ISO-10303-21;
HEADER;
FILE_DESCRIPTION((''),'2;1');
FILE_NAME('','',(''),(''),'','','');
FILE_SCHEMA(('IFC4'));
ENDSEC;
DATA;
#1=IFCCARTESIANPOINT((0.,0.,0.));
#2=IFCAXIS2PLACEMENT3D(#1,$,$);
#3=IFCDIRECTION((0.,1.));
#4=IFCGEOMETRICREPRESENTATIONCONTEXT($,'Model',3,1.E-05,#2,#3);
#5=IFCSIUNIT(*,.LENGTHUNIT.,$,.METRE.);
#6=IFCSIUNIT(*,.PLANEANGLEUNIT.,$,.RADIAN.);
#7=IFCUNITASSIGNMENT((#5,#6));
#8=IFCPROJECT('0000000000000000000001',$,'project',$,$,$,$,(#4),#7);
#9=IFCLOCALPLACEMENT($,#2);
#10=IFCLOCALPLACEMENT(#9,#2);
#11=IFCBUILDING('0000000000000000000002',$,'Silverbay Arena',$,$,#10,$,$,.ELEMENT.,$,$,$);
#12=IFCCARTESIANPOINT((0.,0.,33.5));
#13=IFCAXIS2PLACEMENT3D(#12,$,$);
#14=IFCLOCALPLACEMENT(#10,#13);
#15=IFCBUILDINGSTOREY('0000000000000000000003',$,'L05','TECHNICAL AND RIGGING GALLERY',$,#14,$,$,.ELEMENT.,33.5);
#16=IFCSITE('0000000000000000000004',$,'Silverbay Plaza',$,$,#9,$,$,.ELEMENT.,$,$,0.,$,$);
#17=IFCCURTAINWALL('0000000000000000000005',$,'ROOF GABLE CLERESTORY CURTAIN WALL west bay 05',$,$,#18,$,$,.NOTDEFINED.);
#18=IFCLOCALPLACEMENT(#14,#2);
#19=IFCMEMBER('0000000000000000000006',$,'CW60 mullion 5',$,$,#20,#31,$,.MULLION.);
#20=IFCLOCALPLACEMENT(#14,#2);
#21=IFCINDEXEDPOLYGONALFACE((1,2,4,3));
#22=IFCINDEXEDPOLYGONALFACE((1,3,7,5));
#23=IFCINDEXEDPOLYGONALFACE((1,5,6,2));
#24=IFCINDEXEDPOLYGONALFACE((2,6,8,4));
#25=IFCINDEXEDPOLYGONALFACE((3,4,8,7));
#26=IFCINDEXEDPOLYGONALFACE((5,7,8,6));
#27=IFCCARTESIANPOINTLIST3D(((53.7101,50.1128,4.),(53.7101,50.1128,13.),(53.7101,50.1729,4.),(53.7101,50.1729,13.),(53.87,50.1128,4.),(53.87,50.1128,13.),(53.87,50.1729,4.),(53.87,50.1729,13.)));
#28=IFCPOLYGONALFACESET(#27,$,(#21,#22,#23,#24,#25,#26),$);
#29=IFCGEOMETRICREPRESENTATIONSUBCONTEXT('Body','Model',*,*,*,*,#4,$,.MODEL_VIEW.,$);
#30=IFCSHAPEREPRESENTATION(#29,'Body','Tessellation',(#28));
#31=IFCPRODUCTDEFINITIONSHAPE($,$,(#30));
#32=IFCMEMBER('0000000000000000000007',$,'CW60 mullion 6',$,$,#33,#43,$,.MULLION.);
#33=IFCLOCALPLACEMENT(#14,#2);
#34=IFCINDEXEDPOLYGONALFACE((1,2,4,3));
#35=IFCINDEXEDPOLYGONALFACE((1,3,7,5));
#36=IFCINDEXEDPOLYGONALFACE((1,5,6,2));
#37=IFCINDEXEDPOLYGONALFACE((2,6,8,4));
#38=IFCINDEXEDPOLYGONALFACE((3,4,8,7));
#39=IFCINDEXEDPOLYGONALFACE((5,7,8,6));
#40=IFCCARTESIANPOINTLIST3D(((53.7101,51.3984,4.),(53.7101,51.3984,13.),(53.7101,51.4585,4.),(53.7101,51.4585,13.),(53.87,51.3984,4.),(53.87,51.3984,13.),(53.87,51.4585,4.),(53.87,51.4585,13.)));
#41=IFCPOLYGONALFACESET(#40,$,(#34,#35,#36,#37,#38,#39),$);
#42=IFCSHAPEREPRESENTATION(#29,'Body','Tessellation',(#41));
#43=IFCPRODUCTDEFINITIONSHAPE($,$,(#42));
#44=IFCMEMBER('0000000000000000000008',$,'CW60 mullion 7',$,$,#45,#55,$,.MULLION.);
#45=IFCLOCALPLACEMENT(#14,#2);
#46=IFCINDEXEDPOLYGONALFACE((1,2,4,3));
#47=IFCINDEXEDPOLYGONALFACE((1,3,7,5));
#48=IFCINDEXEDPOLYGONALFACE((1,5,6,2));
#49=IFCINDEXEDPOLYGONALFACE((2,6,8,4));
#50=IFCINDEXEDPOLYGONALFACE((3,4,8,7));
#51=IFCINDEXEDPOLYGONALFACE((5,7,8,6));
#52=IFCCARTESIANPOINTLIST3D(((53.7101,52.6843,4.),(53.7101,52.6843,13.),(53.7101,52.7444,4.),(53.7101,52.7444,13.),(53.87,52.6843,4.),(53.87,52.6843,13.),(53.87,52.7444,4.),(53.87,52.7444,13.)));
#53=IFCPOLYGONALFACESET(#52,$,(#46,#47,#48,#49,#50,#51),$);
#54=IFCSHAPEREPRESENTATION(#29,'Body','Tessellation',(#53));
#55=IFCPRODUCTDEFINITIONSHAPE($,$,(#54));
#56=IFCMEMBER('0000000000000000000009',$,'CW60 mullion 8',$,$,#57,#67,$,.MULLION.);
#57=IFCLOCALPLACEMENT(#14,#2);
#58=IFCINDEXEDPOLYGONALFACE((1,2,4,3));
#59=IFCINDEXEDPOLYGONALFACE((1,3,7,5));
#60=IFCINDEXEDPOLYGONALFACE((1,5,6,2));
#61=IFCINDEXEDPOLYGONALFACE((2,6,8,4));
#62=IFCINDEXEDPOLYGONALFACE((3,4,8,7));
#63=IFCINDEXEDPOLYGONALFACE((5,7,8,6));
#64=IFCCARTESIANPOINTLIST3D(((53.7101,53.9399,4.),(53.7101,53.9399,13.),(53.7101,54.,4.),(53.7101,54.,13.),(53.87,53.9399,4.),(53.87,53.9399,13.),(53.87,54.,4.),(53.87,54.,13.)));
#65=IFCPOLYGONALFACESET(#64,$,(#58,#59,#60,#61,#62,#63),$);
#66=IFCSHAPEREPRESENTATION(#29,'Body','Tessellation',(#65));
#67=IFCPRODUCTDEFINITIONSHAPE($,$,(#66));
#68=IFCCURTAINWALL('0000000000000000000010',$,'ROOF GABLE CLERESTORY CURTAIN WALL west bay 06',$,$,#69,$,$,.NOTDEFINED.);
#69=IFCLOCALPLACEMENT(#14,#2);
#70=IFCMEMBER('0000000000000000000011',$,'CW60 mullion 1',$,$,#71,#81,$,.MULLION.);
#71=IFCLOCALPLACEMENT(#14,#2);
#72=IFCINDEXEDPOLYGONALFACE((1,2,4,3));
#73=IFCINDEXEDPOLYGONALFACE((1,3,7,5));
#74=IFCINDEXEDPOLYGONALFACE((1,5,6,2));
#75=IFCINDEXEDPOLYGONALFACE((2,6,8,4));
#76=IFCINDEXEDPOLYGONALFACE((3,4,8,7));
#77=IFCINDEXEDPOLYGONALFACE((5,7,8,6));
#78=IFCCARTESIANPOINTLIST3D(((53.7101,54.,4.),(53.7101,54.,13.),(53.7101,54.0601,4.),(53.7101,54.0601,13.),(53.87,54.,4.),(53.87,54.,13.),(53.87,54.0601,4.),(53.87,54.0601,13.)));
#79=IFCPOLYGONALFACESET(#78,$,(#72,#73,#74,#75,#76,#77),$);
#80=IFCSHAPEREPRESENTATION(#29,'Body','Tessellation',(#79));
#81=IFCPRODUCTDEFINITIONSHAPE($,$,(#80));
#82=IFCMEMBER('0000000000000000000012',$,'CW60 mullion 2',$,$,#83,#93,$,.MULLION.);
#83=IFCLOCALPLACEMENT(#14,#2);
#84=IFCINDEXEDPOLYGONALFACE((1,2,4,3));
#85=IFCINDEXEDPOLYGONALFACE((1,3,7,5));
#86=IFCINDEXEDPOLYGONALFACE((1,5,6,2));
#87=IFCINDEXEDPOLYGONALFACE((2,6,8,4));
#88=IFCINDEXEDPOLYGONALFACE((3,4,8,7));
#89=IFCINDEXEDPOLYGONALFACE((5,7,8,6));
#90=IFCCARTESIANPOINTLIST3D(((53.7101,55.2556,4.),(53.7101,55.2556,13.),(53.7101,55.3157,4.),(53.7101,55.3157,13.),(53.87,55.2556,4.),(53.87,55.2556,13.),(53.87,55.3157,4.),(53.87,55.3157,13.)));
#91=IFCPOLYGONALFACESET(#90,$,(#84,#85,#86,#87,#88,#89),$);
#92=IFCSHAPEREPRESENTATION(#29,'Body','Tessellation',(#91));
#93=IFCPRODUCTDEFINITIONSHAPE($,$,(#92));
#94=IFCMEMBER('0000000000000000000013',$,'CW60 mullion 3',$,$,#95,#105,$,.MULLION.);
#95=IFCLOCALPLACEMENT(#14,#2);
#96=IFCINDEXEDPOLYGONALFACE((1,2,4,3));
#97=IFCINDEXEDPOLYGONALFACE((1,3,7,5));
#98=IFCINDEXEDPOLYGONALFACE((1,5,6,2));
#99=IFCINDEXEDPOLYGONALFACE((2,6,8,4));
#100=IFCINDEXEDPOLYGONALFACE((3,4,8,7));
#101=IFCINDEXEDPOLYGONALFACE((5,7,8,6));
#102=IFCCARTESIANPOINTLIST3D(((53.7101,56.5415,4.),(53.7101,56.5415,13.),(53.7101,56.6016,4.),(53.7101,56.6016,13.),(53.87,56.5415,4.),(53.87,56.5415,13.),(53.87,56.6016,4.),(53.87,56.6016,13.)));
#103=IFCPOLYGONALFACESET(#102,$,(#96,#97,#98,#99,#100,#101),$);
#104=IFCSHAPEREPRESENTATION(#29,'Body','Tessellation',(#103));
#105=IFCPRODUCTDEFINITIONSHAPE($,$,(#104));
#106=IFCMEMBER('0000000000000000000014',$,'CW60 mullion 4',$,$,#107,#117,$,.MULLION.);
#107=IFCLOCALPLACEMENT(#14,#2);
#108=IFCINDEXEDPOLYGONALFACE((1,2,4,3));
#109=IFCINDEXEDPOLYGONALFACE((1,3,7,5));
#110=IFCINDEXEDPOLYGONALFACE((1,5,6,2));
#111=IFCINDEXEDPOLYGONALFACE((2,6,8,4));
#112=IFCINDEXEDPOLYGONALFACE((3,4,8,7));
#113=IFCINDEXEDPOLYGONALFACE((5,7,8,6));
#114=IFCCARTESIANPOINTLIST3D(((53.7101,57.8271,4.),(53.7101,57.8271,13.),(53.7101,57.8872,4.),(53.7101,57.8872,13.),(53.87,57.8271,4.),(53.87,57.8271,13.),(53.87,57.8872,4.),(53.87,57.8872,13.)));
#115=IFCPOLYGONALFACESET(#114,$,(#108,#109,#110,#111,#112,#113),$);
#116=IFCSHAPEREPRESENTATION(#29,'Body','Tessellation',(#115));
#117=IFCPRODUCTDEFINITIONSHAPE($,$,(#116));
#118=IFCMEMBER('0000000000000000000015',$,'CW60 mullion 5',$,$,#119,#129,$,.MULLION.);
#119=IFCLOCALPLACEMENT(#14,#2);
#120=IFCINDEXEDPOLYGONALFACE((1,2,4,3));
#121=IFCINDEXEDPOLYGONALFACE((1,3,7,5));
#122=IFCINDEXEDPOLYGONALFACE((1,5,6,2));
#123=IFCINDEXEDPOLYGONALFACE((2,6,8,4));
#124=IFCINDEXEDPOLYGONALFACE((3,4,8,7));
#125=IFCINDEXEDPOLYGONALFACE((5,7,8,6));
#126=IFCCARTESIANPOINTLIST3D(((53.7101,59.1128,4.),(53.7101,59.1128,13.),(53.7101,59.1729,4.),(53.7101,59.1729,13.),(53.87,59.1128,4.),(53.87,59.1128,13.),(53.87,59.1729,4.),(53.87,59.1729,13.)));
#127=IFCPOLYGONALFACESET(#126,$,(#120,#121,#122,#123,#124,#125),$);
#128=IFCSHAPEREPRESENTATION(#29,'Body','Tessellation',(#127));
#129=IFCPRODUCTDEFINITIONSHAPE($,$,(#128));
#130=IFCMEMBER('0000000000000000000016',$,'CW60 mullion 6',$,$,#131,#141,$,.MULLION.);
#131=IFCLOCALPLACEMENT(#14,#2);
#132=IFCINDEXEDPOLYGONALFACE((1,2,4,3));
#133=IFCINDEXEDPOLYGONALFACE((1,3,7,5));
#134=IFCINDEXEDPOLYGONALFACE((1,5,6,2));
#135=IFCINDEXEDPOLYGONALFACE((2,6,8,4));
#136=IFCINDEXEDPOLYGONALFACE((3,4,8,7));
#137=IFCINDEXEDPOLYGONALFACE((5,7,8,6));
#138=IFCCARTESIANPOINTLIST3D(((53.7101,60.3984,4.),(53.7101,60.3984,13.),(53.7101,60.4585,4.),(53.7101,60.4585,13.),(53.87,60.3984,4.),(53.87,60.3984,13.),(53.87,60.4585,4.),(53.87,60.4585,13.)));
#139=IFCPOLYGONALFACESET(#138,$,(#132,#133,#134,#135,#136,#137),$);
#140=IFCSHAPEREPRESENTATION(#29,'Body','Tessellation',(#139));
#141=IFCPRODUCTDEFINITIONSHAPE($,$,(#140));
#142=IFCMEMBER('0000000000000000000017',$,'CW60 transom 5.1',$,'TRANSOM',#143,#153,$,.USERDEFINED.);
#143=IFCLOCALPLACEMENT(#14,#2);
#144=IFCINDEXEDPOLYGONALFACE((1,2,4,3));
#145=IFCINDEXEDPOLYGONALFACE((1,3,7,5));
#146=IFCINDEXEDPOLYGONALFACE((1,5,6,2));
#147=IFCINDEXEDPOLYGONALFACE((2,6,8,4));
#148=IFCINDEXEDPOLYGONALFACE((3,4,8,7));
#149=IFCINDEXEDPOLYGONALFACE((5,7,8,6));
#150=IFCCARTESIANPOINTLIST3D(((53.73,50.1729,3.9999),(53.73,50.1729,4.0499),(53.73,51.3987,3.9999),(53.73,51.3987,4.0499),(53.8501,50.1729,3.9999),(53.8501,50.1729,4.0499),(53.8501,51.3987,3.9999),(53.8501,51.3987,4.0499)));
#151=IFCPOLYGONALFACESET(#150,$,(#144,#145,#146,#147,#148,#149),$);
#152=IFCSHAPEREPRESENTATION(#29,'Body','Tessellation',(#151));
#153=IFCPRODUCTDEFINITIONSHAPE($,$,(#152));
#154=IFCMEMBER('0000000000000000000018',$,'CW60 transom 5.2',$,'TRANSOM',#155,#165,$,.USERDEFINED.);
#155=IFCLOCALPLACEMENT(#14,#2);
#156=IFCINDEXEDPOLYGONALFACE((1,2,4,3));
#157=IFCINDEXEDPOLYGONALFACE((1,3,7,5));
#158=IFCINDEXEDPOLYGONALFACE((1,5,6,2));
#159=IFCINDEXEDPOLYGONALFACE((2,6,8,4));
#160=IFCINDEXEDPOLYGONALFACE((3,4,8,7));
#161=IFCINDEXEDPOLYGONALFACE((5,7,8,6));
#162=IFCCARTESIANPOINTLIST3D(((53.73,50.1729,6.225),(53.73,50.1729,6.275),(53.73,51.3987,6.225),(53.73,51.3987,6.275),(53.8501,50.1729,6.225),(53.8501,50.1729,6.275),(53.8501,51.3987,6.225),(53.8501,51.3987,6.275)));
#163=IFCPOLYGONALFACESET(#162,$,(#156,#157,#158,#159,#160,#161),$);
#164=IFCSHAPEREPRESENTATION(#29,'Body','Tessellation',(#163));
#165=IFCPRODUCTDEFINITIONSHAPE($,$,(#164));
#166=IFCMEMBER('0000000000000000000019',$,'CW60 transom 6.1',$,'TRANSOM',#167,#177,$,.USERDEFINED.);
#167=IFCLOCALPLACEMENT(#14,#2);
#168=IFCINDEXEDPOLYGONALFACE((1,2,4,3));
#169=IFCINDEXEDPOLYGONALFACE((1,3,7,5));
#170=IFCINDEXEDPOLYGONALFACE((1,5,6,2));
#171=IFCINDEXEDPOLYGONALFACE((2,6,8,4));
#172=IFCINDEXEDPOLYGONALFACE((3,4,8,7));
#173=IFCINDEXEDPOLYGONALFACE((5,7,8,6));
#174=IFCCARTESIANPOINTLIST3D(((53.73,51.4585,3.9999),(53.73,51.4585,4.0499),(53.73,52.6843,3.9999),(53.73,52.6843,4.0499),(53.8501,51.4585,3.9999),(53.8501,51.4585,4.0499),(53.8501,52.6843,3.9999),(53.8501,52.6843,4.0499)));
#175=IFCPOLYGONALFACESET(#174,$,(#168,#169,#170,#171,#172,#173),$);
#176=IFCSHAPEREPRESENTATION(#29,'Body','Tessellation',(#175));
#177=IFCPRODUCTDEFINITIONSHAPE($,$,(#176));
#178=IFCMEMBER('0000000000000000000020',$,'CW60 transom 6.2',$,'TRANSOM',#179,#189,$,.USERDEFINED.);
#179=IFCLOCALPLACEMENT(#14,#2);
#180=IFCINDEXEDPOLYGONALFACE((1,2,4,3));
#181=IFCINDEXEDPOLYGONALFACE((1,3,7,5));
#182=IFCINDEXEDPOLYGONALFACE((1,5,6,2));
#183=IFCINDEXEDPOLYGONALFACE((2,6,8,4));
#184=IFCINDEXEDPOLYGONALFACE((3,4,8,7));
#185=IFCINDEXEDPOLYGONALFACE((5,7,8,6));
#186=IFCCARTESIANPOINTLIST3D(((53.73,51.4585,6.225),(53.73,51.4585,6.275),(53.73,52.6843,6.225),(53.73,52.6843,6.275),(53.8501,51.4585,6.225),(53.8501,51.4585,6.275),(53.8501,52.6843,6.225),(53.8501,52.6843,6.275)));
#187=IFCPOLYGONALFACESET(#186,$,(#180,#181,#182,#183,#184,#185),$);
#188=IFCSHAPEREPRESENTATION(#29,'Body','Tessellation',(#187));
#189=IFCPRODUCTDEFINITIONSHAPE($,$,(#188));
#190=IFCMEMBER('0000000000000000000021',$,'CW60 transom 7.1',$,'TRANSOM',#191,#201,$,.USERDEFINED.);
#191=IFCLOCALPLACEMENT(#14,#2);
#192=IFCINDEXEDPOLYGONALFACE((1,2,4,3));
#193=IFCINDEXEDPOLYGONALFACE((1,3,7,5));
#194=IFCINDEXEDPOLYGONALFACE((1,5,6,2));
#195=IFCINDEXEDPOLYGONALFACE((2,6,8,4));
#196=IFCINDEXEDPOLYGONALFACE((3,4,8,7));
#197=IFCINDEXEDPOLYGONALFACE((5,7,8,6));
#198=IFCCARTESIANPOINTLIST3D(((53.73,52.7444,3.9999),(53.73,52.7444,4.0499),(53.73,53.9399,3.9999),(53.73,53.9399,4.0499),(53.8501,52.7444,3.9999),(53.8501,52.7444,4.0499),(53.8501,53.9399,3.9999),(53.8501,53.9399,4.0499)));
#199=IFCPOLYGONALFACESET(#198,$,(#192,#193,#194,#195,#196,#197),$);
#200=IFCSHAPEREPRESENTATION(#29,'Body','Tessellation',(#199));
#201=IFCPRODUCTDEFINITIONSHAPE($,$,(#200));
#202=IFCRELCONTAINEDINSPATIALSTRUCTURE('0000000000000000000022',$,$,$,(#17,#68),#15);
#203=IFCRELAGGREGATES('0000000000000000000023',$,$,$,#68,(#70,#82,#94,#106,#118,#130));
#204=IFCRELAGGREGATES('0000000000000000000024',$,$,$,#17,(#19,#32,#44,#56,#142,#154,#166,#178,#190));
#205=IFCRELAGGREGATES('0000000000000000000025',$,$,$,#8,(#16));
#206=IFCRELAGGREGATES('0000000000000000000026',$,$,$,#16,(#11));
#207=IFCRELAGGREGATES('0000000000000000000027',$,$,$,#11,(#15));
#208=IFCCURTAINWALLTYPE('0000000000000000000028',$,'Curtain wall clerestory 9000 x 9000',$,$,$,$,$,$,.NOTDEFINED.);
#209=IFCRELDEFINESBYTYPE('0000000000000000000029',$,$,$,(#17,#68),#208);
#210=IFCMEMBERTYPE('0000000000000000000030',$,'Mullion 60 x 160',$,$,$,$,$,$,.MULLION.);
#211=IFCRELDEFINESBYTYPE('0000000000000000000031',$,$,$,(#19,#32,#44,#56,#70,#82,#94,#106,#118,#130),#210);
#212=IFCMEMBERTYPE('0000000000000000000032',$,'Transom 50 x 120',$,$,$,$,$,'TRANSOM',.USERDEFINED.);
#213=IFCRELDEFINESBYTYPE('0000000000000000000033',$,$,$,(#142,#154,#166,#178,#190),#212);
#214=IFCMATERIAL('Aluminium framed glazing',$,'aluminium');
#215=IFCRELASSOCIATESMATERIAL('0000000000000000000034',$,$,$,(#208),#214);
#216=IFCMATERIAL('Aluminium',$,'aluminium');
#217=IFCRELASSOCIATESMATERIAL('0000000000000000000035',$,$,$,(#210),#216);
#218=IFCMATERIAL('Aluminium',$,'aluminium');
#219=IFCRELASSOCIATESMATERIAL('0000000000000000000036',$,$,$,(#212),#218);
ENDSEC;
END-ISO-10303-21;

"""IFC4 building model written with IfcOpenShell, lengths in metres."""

from ifc_helpers import new_model, si_unit, direction, frame, origin, origin_2d, place, context, subcontext, project, spatial, rectangle, extrude, material, material_profile, profile_set, type_object, element, aggregate, save


model = new_model("IFC4")

# Units and contexts
model_context = context("Model", 3, precision=1e-05, world=origin(), true_north=direction((0.0, 1.0)))
body_context = subcontext(model_context, "Body", "Model", "MODEL_VIEW")
ifc_project = project(units=[si_unit("LENGTHUNIT", "METRE"), si_unit("PLANEANGLEUNIT", "RADIAN")], contexts=[model_context])

# Site, building, storey
site_placement = place(None, origin())
site = spatial("IfcSite", under=ifc_project, at=site_placement, Name="Silverbay Plaza", CompositionType="ELEMENT", RefElevation=0.0)
building_placement = place(site_placement, origin())
building = spatial("IfcBuilding", under=site, at=building_placement, Name="Silverbay Arena", CompositionType="ELEMENT")
storey_placement = place(building_placement, frame((0.0, 0.0, 33.5)))
storey = spatial("IfcBuildingStorey", under=building, at=storey_placement, Name="L05", Description="TECHNICAL AND RIGGING GALLERY", CompositionType="ELEMENT", Elevation=33.5)

# Curtain walls, members
ifc_material_1 = material(Name="Aluminium framed glazing", Category="aluminium")
curtain_wall_type = type_object("IfcCurtainWallType", Name="Curtain wall clerestory 9000 x 9000", PredefinedType="NOTDEFINED", material=ifc_material_1)
curtain_wall_1_placement = place(storey_placement, origin())
curtain_wall_1 = element("IfcCurtainWall", 1, at=curtain_wall_1_placement, inside=storey, type_object=curtain_wall_type, Name="ROOF GABLE CLERESTORY CURTAIN WALL west bay 05", PredefinedType="NOTDEFINED")
ifc_material_2 = material(Name="Aluminium", Category="aluminium")
ifc_material_profile_1 = material_profile(ifc_material_2, rectangle(XDim=0.1599, YDim=0.0601, at=origin_2d()), Name="Mullion 60 x 160")
ifc_profile_set_1 = profile_set([ifc_material_profile_1], Name="Aluminium")
member_type_1 = type_object("IfcMemberType", Name="Mullion 60 x 160", PredefinedType="MULLION", material=ifc_profile_set_1)
member_1_placement = place(storey_placement, frame((53.79, 50.1428, 4.0), z_axis=(0.0, 0.0, 1.0), x_axis=(-1.0, 0.0, 0.0)))
member_1 = element("IfcMember", 2, at=member_1_placement, type_object=member_type_1, Name="CW60 mullion 5", PredefinedType="MULLION", context=body_context, shape_type="SweptSolid", body=[
    extrude(rectangle(XDim=0.1599, YDim=0.0601, at=origin_2d()), origin(), (0.0, 0.0, 1.0), 9.0),
])
member_2_placement = place(storey_placement, frame((53.79, 51.4285, 4.0), z_axis=(0.0, 0.0, 1.0), x_axis=(-1.0, 0.0, 0.0)))
member_2 = element("IfcMember", 3, at=member_2_placement, type_object=member_type_1, Name="CW60 mullion 6", PredefinedType="MULLION", context=body_context, shape_type="SweptSolid", body=[
    extrude(rectangle(XDim=0.1599, YDim=0.0601, at=origin_2d()), origin(), (0.0, 0.0, 1.0), 9.0),
])
member_3_placement = place(storey_placement, frame((53.79, 52.7144, 4.0), z_axis=(0.0, 0.0, 1.0), x_axis=(-1.0, 0.0, 0.0)))
member_3 = element("IfcMember", 4, at=member_3_placement, type_object=member_type_1, Name="CW60 mullion 7", PredefinedType="MULLION", context=body_context, shape_type="SweptSolid", body=[
    extrude(rectangle(XDim=0.1599, YDim=0.0601, at=origin_2d()), origin(), (0.0, 0.0, 1.0), 9.0),
])
member_4_placement = place(storey_placement, frame((53.79, 53.97, 4.0), z_axis=(0.0, 0.0, 1.0), x_axis=(-1.0, 0.0, 0.0)))
member_4 = element("IfcMember", 5, at=member_4_placement, type_object=member_type_1, Name="CW60 mullion 8", PredefinedType="MULLION", context=body_context, shape_type="SweptSolid", body=[
    extrude(rectangle(XDim=0.1599, YDim=0.0601, at=origin_2d()), origin(), (0.0, 0.0, 1.0), 9.0),
])
curtain_wall_2_placement = place(storey_placement, origin())
curtain_wall_2 = element("IfcCurtainWall", 6, at=curtain_wall_2_placement, inside=storey, type_object=curtain_wall_type, Name="ROOF GABLE CLERESTORY CURTAIN WALL west bay 06", PredefinedType="NOTDEFINED")
member_5_placement = place(storey_placement, frame((53.79, 54.03, 4.0), z_axis=(0.0, 0.0, 1.0), x_axis=(-1.0, 0.0, 0.0)))
member_5 = element("IfcMember", 7, at=member_5_placement, type_object=member_type_1, Name="CW60 mullion 1", PredefinedType="MULLION", context=body_context, shape_type="SweptSolid", body=[
    extrude(rectangle(XDim=0.1599, YDim=0.0601, at=origin_2d()), origin(), (0.0, 0.0, 1.0), 9.0),
])
member_6_placement = place(storey_placement, frame((53.79, 55.2856, 4.0), z_axis=(0.0, 0.0, 1.0), x_axis=(-1.0, 0.0, 0.0)))
member_6 = element("IfcMember", 8, at=member_6_placement, type_object=member_type_1, Name="CW60 mullion 2", PredefinedType="MULLION", context=body_context, shape_type="SweptSolid", body=[
    extrude(rectangle(XDim=0.1599, YDim=0.0601, at=origin_2d()), origin(), (0.0, 0.0, 1.0), 9.0),
])
member_7_placement = place(storey_placement, frame((53.79, 56.5715, 4.0), z_axis=(0.0, 0.0, 1.0), x_axis=(-1.0, 0.0, 0.0)))
member_7 = element("IfcMember", 9, at=member_7_placement, type_object=member_type_1, Name="CW60 mullion 3", PredefinedType="MULLION", context=body_context, shape_type="SweptSolid", body=[
    extrude(rectangle(XDim=0.1599, YDim=0.0601, at=origin_2d()), origin(), (0.0, 0.0, 1.0), 9.0),
])
member_8_placement = place(storey_placement, frame((53.79, 57.8572, 4.0), z_axis=(0.0, 0.0, 1.0), x_axis=(-1.0, 0.0, 0.0)))
member_8 = element("IfcMember", 10, at=member_8_placement, type_object=member_type_1, Name="CW60 mullion 4", PredefinedType="MULLION", context=body_context, shape_type="SweptSolid", body=[
    extrude(rectangle(XDim=0.1599, YDim=0.0601, at=origin_2d()), origin(), (0.0, 0.0, 1.0), 9.0),
])
member_9_placement = place(storey_placement, frame((53.79, 59.1428, 4.0), z_axis=(0.0, 0.0, 1.0), x_axis=(-1.0, 0.0, 0.0)))
member_9 = element("IfcMember", 11, at=member_9_placement, type_object=member_type_1, Name="CW60 mullion 5", PredefinedType="MULLION", context=body_context, shape_type="SweptSolid", body=[
    extrude(rectangle(XDim=0.1599, YDim=0.0601, at=origin_2d()), origin(), (0.0, 0.0, 1.0), 9.0),
])
member_10_placement = place(storey_placement, frame((53.79, 60.4285, 4.0), z_axis=(0.0, 0.0, 1.0), x_axis=(-1.0, 0.0, 0.0)))
member_10 = element("IfcMember", 12, at=member_10_placement, type_object=member_type_1, Name="CW60 mullion 6", PredefinedType="MULLION", context=body_context, shape_type="SweptSolid", body=[
    extrude(rectangle(XDim=0.1599, YDim=0.0601, at=origin_2d()), origin(), (0.0, 0.0, 1.0), 9.0),
])

# Members
ifc_material_3 = material(Name="Aluminium", Category="aluminium")
ifc_material_profile_2 = material_profile(ifc_material_3, rectangle(XDim=0.1201, YDim=0.05, at=origin_2d()), Name="Transom 50 x 120")
ifc_profile_set_2 = profile_set([ifc_material_profile_2], Name="Aluminium")
member_type_2 = type_object("IfcMemberType", Name="Transom 50 x 120", ElementType="TRANSOM", PredefinedType="USERDEFINED", material=ifc_profile_set_2)
member_11_placement = place(storey_placement, frame((53.79, 50.1729, 4.0249), z_axis=(0.0, 1.0, 0.0), x_axis=(-1.0, 0.0, 0.0)))
member_11 = element("IfcMember", 13, at=member_11_placement, type_object=member_type_2, Name="CW60 transom 5.1", ObjectType="TRANSOM", PredefinedType="USERDEFINED", context=body_context, shape_type="SweptSolid", body=[
    extrude(rectangle(XDim=0.1201, YDim=0.05, at=origin_2d()), origin(), (0.0, 0.0, 1.0), 1.2258),
])
member_12_placement = place(storey_placement, frame((53.79, 50.1729, 6.25), z_axis=(0.0, 1.0, 0.0), x_axis=(-1.0, 0.0, 0.0)))
member_12 = element("IfcMember", 14, at=member_12_placement, type_object=member_type_2, Name="CW60 transom 5.2", ObjectType="TRANSOM", PredefinedType="USERDEFINED", context=body_context, shape_type="SweptSolid", body=[
    extrude(rectangle(XDim=0.1201, YDim=0.05, at=origin_2d()), origin(), (0.0, 0.0, 1.0), 1.2258),
])
member_13_placement = place(storey_placement, frame((53.79, 51.4585, 4.0249), z_axis=(0.0, 1.0, 0.0), x_axis=(-1.0, 0.0, 0.0)))
member_13 = element("IfcMember", 15, at=member_13_placement, type_object=member_type_2, Name="CW60 transom 6.1", ObjectType="TRANSOM", PredefinedType="USERDEFINED", context=body_context, shape_type="SweptSolid", body=[
    extrude(rectangle(XDim=0.1201, YDim=0.05, at=origin_2d()), origin(), (0.0, 0.0, 1.0), 1.2258),
])
member_14_placement = place(storey_placement, frame((53.79, 51.4585, 6.25), z_axis=(0.0, 1.0, 0.0), x_axis=(-1.0, 0.0, 0.0)))
member_14 = element("IfcMember", 16, at=member_14_placement, type_object=member_type_2, Name="CW60 transom 6.2", ObjectType="TRANSOM", PredefinedType="USERDEFINED", context=body_context, shape_type="SweptSolid", body=[
    extrude(rectangle(XDim=0.1201, YDim=0.05, at=origin_2d()), origin(), (0.0, 0.0, 1.0), 1.2258),
])
member_15_placement = place(storey_placement, frame((53.79, 52.7444, 4.0249), z_axis=(0.0, 1.0, 0.0), x_axis=(-1.0, 0.0, 0.0)))
member_15 = element("IfcMember", 17, at=member_15_placement, type_object=member_type_2, Name="CW60 transom 7.1", ObjectType="TRANSOM", PredefinedType="USERDEFINED", context=body_context, shape_type="SweptSolid", body=[
    extrude(rectangle(XDim=0.1201, YDim=0.05, at=origin_2d()), origin(), (0.0, 0.0, 1.0), 1.1956),
])
aggregate(curtain_wall_2, [member_5, member_6, member_7, member_8, member_9, member_10])

aggregate(curtain_wall_1, [member_1, member_2, member_3, member_4, member_11, member_12, member_13, member_14, member_15])

save(model, "model.ifc")
